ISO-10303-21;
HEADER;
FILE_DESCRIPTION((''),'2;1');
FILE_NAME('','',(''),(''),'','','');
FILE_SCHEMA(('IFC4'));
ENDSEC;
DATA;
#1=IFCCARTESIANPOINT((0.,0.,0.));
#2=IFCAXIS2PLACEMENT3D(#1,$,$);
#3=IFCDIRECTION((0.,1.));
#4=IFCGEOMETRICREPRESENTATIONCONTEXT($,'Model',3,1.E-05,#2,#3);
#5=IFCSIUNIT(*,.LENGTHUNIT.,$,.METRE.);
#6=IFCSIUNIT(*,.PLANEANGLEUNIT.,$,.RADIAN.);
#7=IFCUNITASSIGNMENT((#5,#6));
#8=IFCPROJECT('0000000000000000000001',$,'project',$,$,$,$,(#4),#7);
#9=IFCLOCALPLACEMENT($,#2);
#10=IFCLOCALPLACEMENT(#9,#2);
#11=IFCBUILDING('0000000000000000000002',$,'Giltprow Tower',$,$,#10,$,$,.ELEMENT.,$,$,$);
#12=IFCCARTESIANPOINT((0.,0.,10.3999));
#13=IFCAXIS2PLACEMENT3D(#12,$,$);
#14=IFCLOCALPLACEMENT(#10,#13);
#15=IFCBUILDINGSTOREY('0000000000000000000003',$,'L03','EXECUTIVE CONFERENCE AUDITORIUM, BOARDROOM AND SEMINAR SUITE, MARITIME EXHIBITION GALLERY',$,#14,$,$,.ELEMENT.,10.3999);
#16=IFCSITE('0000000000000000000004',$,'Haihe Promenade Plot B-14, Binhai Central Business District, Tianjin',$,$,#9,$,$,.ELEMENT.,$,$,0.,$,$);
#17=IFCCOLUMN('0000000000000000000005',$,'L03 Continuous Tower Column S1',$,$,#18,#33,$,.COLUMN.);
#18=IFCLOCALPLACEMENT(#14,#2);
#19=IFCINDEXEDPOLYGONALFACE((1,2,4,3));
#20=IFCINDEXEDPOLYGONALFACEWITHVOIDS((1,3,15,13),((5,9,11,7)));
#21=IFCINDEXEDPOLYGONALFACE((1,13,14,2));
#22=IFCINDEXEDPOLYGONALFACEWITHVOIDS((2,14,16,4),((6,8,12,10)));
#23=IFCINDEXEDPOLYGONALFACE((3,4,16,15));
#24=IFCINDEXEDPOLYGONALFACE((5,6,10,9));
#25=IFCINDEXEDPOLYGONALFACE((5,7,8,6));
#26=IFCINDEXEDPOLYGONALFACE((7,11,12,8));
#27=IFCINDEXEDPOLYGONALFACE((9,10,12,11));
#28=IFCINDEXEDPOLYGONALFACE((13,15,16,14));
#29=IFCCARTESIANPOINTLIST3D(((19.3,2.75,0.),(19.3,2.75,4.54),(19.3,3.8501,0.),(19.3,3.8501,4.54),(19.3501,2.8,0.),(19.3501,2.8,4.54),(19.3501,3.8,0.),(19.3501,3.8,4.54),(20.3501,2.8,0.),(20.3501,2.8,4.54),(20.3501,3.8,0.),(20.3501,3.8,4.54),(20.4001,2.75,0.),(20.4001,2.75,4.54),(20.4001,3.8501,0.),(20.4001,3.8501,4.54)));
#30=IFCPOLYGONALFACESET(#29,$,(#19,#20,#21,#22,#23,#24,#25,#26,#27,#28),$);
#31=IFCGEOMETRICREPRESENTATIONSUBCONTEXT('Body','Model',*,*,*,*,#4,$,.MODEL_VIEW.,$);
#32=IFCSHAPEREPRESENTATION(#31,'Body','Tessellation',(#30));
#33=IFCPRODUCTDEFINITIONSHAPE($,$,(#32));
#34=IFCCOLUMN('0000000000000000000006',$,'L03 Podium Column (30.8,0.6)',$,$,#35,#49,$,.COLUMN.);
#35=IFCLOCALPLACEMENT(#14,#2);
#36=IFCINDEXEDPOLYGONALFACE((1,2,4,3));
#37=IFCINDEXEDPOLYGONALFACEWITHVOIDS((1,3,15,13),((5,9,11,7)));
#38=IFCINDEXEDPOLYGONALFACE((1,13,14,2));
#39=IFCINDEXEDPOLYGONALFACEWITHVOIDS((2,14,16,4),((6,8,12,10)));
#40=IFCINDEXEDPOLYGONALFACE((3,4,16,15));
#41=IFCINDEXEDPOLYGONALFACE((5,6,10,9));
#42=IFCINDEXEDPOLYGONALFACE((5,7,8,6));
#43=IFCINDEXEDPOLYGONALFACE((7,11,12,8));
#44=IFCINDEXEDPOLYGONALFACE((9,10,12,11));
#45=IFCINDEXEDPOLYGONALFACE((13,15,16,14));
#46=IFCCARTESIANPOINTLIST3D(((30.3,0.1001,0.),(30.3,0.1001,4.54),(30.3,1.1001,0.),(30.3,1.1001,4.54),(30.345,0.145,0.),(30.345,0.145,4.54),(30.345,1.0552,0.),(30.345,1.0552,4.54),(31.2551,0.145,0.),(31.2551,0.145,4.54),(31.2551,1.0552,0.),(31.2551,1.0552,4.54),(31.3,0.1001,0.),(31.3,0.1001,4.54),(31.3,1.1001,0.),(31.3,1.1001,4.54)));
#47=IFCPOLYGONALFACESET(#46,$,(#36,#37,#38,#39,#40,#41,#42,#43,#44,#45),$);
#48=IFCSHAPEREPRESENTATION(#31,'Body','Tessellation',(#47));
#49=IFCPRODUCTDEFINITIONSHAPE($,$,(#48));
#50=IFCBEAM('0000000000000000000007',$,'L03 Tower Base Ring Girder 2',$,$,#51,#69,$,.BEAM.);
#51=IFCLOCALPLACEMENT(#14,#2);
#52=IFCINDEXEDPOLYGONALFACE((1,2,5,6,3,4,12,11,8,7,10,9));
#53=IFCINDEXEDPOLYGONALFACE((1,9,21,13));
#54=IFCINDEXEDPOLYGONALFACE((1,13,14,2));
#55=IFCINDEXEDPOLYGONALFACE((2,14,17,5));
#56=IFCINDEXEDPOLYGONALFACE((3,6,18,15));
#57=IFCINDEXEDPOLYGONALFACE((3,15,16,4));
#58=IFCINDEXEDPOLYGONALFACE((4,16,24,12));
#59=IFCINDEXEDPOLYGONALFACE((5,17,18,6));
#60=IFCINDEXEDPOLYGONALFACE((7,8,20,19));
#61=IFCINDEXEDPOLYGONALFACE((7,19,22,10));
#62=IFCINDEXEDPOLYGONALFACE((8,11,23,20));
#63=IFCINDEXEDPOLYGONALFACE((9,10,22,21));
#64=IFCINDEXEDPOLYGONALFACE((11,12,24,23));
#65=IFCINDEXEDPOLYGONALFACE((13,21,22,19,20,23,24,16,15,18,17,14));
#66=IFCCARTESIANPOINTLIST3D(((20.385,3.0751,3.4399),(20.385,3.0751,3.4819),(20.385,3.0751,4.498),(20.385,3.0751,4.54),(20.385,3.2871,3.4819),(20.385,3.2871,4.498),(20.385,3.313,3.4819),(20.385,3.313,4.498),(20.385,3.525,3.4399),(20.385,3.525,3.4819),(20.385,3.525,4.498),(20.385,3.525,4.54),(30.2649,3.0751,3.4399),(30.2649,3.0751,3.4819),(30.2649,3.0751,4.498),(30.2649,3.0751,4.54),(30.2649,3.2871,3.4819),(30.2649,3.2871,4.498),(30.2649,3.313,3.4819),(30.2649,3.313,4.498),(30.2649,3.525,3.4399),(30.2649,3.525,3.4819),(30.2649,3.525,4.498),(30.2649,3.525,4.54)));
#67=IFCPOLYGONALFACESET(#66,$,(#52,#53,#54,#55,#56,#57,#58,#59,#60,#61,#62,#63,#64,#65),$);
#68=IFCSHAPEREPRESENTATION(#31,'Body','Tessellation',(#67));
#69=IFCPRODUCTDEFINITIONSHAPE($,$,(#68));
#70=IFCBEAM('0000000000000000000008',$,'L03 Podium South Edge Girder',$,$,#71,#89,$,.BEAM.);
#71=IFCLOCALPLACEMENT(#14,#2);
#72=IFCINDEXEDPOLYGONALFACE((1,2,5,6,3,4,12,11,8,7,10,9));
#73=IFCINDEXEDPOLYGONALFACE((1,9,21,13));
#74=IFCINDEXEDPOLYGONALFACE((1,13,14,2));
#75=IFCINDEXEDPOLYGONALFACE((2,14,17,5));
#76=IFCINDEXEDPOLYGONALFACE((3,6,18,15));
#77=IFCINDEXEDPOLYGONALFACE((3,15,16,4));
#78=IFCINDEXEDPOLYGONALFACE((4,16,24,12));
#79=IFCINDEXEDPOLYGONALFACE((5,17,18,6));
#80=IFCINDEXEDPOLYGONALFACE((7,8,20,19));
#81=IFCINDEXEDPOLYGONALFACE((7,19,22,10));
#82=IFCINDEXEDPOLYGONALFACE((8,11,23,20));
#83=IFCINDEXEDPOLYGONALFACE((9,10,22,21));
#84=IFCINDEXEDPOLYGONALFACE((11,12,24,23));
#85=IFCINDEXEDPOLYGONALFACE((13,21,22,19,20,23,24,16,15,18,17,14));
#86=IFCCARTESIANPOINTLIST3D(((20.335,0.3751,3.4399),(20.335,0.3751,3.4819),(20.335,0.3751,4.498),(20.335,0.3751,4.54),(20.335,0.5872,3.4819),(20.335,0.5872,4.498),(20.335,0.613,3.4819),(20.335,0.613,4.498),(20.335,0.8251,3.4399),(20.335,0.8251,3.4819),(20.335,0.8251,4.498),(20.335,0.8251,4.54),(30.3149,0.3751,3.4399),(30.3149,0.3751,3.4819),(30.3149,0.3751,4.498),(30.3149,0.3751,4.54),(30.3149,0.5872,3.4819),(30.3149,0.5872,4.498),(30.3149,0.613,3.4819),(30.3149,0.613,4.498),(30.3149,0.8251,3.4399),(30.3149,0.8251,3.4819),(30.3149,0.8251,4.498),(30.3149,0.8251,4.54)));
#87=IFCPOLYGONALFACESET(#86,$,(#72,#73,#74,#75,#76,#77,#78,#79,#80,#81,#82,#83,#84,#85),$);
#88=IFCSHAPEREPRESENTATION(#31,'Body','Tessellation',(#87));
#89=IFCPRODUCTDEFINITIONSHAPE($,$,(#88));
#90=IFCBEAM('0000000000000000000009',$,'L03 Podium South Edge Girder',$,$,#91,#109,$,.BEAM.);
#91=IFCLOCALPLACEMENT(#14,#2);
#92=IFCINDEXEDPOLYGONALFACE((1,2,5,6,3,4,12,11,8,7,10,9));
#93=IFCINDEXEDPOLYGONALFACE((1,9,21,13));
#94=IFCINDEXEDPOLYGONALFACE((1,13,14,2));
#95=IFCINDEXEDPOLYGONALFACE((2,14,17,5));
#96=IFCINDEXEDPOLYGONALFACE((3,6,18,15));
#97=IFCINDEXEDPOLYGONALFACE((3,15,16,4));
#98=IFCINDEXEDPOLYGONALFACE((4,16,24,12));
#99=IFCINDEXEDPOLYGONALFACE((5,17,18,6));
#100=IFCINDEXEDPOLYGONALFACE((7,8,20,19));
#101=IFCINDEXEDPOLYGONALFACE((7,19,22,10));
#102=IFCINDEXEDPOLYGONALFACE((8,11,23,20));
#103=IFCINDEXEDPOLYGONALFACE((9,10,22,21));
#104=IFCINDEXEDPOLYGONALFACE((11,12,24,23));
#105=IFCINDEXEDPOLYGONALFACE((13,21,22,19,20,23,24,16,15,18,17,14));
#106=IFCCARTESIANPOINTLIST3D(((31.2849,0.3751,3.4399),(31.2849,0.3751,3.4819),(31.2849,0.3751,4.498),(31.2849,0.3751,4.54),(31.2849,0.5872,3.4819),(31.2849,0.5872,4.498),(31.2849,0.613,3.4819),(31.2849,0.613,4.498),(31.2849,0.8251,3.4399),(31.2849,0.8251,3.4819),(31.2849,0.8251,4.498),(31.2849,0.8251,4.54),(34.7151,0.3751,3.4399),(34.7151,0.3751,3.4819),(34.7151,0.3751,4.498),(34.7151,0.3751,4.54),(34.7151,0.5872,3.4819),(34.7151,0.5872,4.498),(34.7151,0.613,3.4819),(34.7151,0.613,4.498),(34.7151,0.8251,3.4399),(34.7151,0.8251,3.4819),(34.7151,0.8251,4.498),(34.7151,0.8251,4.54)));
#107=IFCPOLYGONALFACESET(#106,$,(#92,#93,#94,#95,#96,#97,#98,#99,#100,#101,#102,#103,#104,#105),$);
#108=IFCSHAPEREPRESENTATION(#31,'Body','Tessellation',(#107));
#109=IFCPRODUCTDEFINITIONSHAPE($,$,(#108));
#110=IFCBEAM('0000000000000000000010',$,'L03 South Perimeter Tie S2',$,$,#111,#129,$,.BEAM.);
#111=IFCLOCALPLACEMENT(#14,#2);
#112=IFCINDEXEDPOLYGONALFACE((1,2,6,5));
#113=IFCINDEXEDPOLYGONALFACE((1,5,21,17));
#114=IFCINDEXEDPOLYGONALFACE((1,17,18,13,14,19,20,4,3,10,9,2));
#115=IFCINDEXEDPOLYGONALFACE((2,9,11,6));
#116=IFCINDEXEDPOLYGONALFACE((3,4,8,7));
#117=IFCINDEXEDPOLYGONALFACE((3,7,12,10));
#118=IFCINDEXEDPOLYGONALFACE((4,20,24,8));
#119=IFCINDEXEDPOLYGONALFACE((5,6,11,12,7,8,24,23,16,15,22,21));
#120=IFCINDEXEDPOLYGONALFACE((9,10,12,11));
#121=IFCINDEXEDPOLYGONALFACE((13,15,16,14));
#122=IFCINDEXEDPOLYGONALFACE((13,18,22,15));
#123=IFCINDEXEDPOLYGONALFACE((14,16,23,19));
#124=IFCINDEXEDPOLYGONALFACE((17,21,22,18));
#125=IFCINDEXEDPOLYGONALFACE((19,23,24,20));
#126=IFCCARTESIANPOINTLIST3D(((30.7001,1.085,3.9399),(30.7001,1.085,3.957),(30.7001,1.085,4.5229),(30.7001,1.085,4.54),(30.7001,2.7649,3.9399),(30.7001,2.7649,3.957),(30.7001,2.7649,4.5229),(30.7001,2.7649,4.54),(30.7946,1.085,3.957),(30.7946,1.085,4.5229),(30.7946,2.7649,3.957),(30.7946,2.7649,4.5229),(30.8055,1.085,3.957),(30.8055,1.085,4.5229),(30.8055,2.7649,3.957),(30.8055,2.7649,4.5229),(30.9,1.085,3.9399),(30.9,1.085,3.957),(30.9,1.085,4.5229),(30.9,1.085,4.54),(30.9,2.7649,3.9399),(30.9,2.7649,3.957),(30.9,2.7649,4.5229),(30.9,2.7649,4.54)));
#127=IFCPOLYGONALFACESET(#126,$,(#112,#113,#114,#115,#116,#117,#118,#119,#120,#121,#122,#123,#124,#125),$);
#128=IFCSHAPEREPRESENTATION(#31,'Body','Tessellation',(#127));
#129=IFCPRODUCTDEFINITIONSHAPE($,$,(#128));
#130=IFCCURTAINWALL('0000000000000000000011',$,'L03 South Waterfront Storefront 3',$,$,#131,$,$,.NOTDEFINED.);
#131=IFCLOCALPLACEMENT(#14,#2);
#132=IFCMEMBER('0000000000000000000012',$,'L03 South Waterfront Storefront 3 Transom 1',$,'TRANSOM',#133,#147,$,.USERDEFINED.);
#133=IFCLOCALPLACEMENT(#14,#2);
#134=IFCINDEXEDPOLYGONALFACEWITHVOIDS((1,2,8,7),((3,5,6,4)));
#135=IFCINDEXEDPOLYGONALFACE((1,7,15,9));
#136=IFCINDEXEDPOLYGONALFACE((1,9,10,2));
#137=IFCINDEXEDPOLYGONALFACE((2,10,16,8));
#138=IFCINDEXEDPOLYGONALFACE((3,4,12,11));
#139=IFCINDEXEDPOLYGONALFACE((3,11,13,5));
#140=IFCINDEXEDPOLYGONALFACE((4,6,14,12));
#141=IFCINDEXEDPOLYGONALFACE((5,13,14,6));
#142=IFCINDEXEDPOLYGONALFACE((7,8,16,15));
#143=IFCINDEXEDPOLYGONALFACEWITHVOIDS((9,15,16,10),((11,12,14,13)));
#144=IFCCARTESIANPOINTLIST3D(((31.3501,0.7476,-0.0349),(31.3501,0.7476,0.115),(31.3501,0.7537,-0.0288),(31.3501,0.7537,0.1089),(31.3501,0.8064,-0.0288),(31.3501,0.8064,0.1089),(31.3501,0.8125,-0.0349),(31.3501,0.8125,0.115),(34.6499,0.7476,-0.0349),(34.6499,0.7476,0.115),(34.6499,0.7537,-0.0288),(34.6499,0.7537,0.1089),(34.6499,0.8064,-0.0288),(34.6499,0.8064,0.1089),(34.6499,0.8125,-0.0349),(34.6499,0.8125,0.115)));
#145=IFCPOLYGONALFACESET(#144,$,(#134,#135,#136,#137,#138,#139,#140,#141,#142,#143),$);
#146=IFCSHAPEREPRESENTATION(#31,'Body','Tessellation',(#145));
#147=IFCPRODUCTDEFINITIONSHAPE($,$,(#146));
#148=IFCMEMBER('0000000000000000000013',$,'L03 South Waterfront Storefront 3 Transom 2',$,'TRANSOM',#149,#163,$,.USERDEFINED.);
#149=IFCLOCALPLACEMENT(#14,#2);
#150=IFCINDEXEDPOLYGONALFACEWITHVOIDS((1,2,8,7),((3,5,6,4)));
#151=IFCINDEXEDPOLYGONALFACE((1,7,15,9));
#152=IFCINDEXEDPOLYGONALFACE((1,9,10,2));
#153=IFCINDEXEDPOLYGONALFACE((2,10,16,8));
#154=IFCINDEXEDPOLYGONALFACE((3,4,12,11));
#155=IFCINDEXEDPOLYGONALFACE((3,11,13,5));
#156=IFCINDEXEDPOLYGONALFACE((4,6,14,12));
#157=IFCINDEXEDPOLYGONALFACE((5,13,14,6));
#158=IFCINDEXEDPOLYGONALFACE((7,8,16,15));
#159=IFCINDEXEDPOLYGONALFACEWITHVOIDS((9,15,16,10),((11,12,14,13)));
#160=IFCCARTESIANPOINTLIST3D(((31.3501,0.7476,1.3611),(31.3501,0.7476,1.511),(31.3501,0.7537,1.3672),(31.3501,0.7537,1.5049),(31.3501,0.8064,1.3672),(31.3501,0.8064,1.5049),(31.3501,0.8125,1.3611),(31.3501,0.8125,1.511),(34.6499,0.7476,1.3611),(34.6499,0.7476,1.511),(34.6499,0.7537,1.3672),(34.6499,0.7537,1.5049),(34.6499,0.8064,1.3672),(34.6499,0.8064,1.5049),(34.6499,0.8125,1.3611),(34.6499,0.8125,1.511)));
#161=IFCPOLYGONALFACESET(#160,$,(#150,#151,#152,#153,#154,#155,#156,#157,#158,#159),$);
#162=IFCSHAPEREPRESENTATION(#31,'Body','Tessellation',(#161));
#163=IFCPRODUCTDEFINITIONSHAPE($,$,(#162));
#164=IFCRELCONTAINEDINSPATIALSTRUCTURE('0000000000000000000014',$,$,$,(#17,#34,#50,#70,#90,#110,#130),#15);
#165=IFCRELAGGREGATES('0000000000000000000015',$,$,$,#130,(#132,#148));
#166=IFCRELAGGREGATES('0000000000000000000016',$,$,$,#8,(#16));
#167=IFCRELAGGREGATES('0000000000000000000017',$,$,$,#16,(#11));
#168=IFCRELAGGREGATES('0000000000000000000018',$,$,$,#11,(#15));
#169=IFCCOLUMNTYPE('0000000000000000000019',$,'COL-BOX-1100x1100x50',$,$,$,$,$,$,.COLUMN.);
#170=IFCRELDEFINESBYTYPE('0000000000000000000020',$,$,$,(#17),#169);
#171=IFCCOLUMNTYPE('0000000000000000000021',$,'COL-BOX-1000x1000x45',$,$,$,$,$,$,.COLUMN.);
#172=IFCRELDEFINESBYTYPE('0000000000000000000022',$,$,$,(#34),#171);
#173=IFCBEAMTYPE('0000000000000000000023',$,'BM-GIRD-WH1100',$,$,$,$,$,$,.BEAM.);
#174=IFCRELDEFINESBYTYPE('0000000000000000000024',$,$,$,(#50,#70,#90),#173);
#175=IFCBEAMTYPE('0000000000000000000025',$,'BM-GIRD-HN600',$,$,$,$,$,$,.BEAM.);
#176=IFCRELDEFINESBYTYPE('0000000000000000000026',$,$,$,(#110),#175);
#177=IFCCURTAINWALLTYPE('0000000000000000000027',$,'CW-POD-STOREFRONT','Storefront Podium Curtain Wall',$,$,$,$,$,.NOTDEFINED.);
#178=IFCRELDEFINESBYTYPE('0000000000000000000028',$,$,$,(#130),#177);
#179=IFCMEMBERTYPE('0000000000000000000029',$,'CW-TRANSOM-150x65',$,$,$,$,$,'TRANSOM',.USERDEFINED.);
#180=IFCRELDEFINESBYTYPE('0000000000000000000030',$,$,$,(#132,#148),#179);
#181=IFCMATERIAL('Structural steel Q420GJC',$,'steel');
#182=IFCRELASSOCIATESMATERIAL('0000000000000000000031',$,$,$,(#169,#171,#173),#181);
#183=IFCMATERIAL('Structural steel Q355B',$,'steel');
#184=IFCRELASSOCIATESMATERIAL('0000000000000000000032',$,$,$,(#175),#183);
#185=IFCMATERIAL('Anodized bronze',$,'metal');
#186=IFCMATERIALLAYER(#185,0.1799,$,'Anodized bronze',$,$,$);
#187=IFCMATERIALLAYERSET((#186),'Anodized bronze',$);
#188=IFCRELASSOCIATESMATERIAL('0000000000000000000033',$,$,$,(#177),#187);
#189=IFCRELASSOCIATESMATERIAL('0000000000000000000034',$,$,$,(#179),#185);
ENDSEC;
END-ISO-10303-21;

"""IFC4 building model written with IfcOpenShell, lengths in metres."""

from ifc_helpers import new_model, si_unit, direction, frame, origin, origin_2d, place, context, subcontext, project, spatial, hollow_rectangle, i_section, extrude, source, transform, mapped, material, layer, layer_set, material_profile, profile_set, type_object, element, aggregate, save


model = new_model("IFC4")

# Units and contexts
model_context = context("Model", 3, precision=1e-05, world=origin(), true_north=direction((0.0, 1.0)))
body_context = subcontext(model_context, "Body", "Model", "MODEL_VIEW")
ifc_project = project(units=[si_unit("LENGTHUNIT", "METRE"), si_unit("PLANEANGLEUNIT", "RADIAN")], contexts=[model_context])

# Site, building, storey
site_placement = place(None, origin())
site = spatial("IfcSite", under=ifc_project, at=site_placement, Name="Haihe Promenade Plot B-14, Binhai Central Business District, Tianjin", CompositionType="ELEMENT", RefElevation=0.0)
building_placement = place(site_placement, origin())
building = spatial("IfcBuilding", under=site, at=building_placement, Name="Giltprow Tower", CompositionType="ELEMENT")
storey_placement = place(building_placement, frame((0.0, 0.0, 10.3999)))
storey = spatial("IfcBuildingStorey", under=building, at=storey_placement, Name="L03", Description="EXECUTIVE CONFERENCE AUDITORIUM, BOARDROOM AND SEMINAR SUITE, MARITIME EXHIBITION GALLERY", CompositionType="ELEMENT", Elevation=10.3999)

# Columns
ifc_material_1 = material(Name="Structural steel Q420GJC", Category="steel")
ifc_material_profile_1 = material_profile(ifc_material_1, hollow_rectangle(XDim=1.1001, YDim=1.1001, WallThickness=0.05, at=origin_2d()), Name="BOX 1100x1100x50")
ifc_profile_set_1 = profile_set([ifc_material_profile_1], Name="Structural steel Q420GJC")
column_type_1 = type_object("IfcColumnType", Name="COL-BOX-1100x1100x50", PredefinedType="COLUMN", material=ifc_profile_set_1)
shared_shape_1 = source(origin(), body_context, "Body", "SweptSolid", [
    extrude(hollow_rectangle(XDim=1.1001, YDim=1.1001, WallThickness=0.05, at=origin_2d()), origin(), (0.0, 0.0, 1.0), 4.54),
])
column_1_placement = place(storey_placement, frame((19.8501, 3.3, 0.0), z_axis=(0.0, 0.0, 1.0), x_axis=(1.0, 0.0, 0.0)))
element("IfcColumn", 1, at=column_1_placement, inside=storey, type_object=column_type_1, Name="L03 Continuous Tower Column S1", PredefinedType="COLUMN", context=body_context, shape_type="MappedRepresentation", body=[
    mapped(shared_shape_1, transform((0.0, 0.0, 0.0), x_axis=(1.0, 0.0, 0.0), y_axis=(0.0, 1.0, 0.0), z_axis=(0.0, 0.0, 1.0), scale=1.0)),
])
ifc_material_profile_2 = material_profile(ifc_material_1, hollow_rectangle(XDim=1.0, YDim=1.0, WallThickness=0.0449, at=origin_2d()), Name="BOX 1000x1000x45")
ifc_profile_set_2 = profile_set([ifc_material_profile_2], Name="Structural steel Q420GJC")
column_type_2 = type_object("IfcColumnType", Name="COL-BOX-1000x1000x45", PredefinedType="COLUMN", material=ifc_profile_set_2)
shared_shape_2 = source(origin(), body_context, "Body", "SweptSolid", [
    extrude(hollow_rectangle(XDim=1.0, YDim=1.0, WallThickness=0.0449, at=origin_2d()), origin(), (0.0, 0.0, 1.0), 4.54),
])
column_2_placement = place(storey_placement, frame((30.8, 0.6001, 0.0), z_axis=(0.0, 0.0, 1.0), x_axis=(1.0, 0.0, 0.0)))
element("IfcColumn", 2, at=column_2_placement, inside=storey, type_object=column_type_2, Name="L03 Podium Column (30.8,0.6)", PredefinedType="COLUMN", context=body_context, shape_type="MappedRepresentation", body=[
    mapped(shared_shape_2, transform((0.0, 0.0, 0.0), x_axis=(1.0, 0.0, 0.0), y_axis=(0.0, 1.0, 0.0), z_axis=(0.0, 0.0, 1.0), scale=1.0)),
])

# Beams
ifc_material_profile_3 = material_profile(ifc_material_1, i_section(OverallWidth=0.45, OverallDepth=1.1001, WebThickness=0.0259, FlangeThickness=0.042, at=origin_2d()), Name="WH 1100x450x26x42")
ifc_profile_set_3 = profile_set([ifc_material_profile_3], Name="Structural steel Q420GJC")
beam_type_1 = type_object("IfcBeamType", Name="BM-GIRD-WH1100", PredefinedType="BEAM", material=ifc_profile_set_3)
shared_shape_3 = source(origin(), body_context, "Body", "SweptSolid", [
    extrude(i_section(OverallWidth=0.45, OverallDepth=1.1001, WebThickness=0.0259, FlangeThickness=0.042, at=origin_2d()), origin(), (0.0, 0.0, 1.0), 9.8799),
])
beam_1_placement = place(storey_placement, frame((20.385, 3.3, 3.99), z_axis=(1.0, 0.0, 0.0), x_axis=(0.0, 1.0, 0.0)))
element("IfcBeam", 3, at=beam_1_placement, inside=storey, type_object=beam_type_1, Name="L03 Tower Base Ring Girder 2", PredefinedType="BEAM", context=body_context, shape_type="MappedRepresentation", body=[
    mapped(shared_shape_3, transform((0.0, 0.0, 0.0), x_axis=(1.0, 0.0, 0.0), y_axis=(0.0, 1.0, 0.0), z_axis=(0.0, 0.0, 1.0), scale=1.0)),
])
shared_shape_4 = source(origin(), body_context, "Body", "SweptSolid", [
    extrude(i_section(OverallWidth=0.45, OverallDepth=1.1001, WebThickness=0.0259, FlangeThickness=0.042, at=origin_2d()), origin(), (0.0, 0.0, 1.0), 9.98),
])
beam_2_placement = place(storey_placement, frame((20.335, 0.6001, 3.99), z_axis=(1.0, 0.0, 0.0), x_axis=(0.0, 1.0, 0.0)))
element("IfcBeam", 4, at=beam_2_placement, inside=storey, type_object=beam_type_1, Name="L03 Podium South Edge Girder", PredefinedType="BEAM", context=body_context, shape_type="MappedRepresentation", body=[
    mapped(shared_shape_4, transform((0.0, 0.0, 0.0), x_axis=(1.0, 0.0, 0.0), y_axis=(0.0, 1.0, 0.0), z_axis=(0.0, 0.0, 1.0), scale=1.0)),
])
shared_shape_5 = source(origin(), body_context, "Body", "SweptSolid", [
    extrude(i_section(OverallWidth=0.45, OverallDepth=1.1001, WebThickness=0.0259, FlangeThickness=0.042, at=origin_2d()), origin(), (0.0, 0.0, 1.0), 3.4302),
])
beam_3_placement = place(storey_placement, frame((31.2849, 0.6001, 3.99), z_axis=(1.0, 0.0, 0.0), x_axis=(0.0, 1.0, 0.0)))
element("IfcBeam", 5, at=beam_3_placement, inside=storey, type_object=beam_type_1, Name="L03 Podium South Edge Girder", PredefinedType="BEAM", context=body_context, shape_type="MappedRepresentation", body=[
    mapped(shared_shape_5, transform((0.0, 0.0, 0.0), x_axis=(1.0, 0.0, 0.0), y_axis=(0.0, 1.0, 0.0), z_axis=(0.0, 0.0, 1.0), scale=1.0)),
])
ifc_material_2 = material(Name="Structural steel Q355B", Category="steel")
ifc_material_profile_4 = material_profile(ifc_material_2, i_section(OverallWidth=0.2, OverallDepth=0.6001, WebThickness=0.011, FlangeThickness=0.0171, at=origin_2d()), Name="HN 600x200x11x17")
ifc_profile_set_4 = profile_set([ifc_material_profile_4], Name="Structural steel Q355B")
beam_type_2 = type_object("IfcBeamType", Name="BM-GIRD-HN600", PredefinedType="BEAM", material=ifc_profile_set_4)
shared_shape_6 = source(origin(), body_context, "Body", "SweptSolid", [
    extrude(i_section(OverallWidth=0.2, OverallDepth=0.6001, WebThickness=0.011, FlangeThickness=0.0171, at=origin_2d()), origin(), (0.0, 0.0, 1.0), 1.6799),
])
beam_4_placement = place(storey_placement, frame((30.8, 1.085, 4.24), z_axis=(0.0, 1.0, 0.0), x_axis=(-1.0, 0.0, 0.0)))
element("IfcBeam", 6, at=beam_4_placement, inside=storey, type_object=beam_type_2, Name="L03 South Perimeter Tie S2", PredefinedType="BEAM", context=body_context, shape_type="MappedRepresentation", body=[
    mapped(shared_shape_6, transform((0.0, 0.0, 0.0), x_axis=(1.0, 0.0, 0.0), y_axis=(0.0, 1.0, 0.0), z_axis=(0.0, 0.0, 1.0), scale=1.0)),
])

# Curtain wall, members
ifc_material_3 = material(Name="Anodized bronze", Category="metal")
ifc_layer_1 = layer(ifc_material_3, 0.1799, Name="Anodized bronze")
ifc_layer_set_1 = layer_set([ifc_layer_1], Name="Anodized bronze")
curtain_wall_type = type_object("IfcCurtainWallType", Name="CW-POD-STOREFRONT", Description="Storefront Podium Curtain Wall", PredefinedType="NOTDEFINED", material=ifc_layer_set_1)
curtain_wall_placement = place(storey_placement, origin())
curtain_wall = element("IfcCurtainWall", 7, at=curtain_wall_placement, inside=storey, type_object=curtain_wall_type, Name="L03 South Waterfront Storefront 3", PredefinedType="NOTDEFINED")
ifc_material_profile_5 = material_profile(ifc_material_3, hollow_rectangle(XDim=0.0649, YDim=0.1499, WallThickness=0.0061, at=origin_2d()), Name="RHS 150x65x6")
ifc_profile_set_5 = profile_set([ifc_material_profile_5], Name="Anodized bronze")
member_type_1 = type_object("IfcMemberType", Name="CW-TRANSOM-150x65", ElementType="TRANSOM", PredefinedType="USERDEFINED", material=ifc_profile_set_5)
shared_shape_7 = source(origin(), body_context, "Body", "SweptSolid", [
    extrude(hollow_rectangle(XDim=0.0649, YDim=0.1499, WallThickness=0.0061, at=origin_2d()), origin(), (0.0, 0.0, 1.0), 3.2998),
])
member_1_placement = place(storey_placement, frame((31.3501, 0.78, 0.04), z_axis=(1.0, 0.0, 0.0), x_axis=(0.0, 1.0, 0.0)))
member_1 = element("IfcMember", 8, at=member_1_placement, type_object=member_type_1, Name="L03 South Waterfront Storefront 3 Transom 1", ObjectType="TRANSOM", PredefinedType="USERDEFINED", context=body_context, shape_type="MappedRepresentation", body=[
    mapped(shared_shape_7, transform((0.0, 0.0, 0.0), x_axis=(1.0, 0.0, 0.0), y_axis=(0.0, 1.0, 0.0), z_axis=(0.0, 0.0, 1.0), scale=1.0)),
])
member_2_placement = place(storey_placement, frame((31.3501, 0.78, 1.436), z_axis=(1.0, 0.0, 0.0), x_axis=(0.0, 1.0, 0.0)))
member_2 = element("IfcMember", 9, at=member_2_placement, type_object=member_type_1, Name="L03 South Waterfront Storefront 3 Transom 2", ObjectType="TRANSOM", PredefinedType="USERDEFINED", context=body_context, shape_type="MappedRepresentation", body=[
    mapped(shared_shape_7, transform((0.0, 0.0, 0.0), x_axis=(1.0, 0.0, 0.0), y_axis=(0.0, 1.0, 0.0), z_axis=(0.0, 0.0, 1.0), scale=1.0)),
])
aggregate(curtain_wall, [member_1, member_2])

save(model, "model.ifc")
